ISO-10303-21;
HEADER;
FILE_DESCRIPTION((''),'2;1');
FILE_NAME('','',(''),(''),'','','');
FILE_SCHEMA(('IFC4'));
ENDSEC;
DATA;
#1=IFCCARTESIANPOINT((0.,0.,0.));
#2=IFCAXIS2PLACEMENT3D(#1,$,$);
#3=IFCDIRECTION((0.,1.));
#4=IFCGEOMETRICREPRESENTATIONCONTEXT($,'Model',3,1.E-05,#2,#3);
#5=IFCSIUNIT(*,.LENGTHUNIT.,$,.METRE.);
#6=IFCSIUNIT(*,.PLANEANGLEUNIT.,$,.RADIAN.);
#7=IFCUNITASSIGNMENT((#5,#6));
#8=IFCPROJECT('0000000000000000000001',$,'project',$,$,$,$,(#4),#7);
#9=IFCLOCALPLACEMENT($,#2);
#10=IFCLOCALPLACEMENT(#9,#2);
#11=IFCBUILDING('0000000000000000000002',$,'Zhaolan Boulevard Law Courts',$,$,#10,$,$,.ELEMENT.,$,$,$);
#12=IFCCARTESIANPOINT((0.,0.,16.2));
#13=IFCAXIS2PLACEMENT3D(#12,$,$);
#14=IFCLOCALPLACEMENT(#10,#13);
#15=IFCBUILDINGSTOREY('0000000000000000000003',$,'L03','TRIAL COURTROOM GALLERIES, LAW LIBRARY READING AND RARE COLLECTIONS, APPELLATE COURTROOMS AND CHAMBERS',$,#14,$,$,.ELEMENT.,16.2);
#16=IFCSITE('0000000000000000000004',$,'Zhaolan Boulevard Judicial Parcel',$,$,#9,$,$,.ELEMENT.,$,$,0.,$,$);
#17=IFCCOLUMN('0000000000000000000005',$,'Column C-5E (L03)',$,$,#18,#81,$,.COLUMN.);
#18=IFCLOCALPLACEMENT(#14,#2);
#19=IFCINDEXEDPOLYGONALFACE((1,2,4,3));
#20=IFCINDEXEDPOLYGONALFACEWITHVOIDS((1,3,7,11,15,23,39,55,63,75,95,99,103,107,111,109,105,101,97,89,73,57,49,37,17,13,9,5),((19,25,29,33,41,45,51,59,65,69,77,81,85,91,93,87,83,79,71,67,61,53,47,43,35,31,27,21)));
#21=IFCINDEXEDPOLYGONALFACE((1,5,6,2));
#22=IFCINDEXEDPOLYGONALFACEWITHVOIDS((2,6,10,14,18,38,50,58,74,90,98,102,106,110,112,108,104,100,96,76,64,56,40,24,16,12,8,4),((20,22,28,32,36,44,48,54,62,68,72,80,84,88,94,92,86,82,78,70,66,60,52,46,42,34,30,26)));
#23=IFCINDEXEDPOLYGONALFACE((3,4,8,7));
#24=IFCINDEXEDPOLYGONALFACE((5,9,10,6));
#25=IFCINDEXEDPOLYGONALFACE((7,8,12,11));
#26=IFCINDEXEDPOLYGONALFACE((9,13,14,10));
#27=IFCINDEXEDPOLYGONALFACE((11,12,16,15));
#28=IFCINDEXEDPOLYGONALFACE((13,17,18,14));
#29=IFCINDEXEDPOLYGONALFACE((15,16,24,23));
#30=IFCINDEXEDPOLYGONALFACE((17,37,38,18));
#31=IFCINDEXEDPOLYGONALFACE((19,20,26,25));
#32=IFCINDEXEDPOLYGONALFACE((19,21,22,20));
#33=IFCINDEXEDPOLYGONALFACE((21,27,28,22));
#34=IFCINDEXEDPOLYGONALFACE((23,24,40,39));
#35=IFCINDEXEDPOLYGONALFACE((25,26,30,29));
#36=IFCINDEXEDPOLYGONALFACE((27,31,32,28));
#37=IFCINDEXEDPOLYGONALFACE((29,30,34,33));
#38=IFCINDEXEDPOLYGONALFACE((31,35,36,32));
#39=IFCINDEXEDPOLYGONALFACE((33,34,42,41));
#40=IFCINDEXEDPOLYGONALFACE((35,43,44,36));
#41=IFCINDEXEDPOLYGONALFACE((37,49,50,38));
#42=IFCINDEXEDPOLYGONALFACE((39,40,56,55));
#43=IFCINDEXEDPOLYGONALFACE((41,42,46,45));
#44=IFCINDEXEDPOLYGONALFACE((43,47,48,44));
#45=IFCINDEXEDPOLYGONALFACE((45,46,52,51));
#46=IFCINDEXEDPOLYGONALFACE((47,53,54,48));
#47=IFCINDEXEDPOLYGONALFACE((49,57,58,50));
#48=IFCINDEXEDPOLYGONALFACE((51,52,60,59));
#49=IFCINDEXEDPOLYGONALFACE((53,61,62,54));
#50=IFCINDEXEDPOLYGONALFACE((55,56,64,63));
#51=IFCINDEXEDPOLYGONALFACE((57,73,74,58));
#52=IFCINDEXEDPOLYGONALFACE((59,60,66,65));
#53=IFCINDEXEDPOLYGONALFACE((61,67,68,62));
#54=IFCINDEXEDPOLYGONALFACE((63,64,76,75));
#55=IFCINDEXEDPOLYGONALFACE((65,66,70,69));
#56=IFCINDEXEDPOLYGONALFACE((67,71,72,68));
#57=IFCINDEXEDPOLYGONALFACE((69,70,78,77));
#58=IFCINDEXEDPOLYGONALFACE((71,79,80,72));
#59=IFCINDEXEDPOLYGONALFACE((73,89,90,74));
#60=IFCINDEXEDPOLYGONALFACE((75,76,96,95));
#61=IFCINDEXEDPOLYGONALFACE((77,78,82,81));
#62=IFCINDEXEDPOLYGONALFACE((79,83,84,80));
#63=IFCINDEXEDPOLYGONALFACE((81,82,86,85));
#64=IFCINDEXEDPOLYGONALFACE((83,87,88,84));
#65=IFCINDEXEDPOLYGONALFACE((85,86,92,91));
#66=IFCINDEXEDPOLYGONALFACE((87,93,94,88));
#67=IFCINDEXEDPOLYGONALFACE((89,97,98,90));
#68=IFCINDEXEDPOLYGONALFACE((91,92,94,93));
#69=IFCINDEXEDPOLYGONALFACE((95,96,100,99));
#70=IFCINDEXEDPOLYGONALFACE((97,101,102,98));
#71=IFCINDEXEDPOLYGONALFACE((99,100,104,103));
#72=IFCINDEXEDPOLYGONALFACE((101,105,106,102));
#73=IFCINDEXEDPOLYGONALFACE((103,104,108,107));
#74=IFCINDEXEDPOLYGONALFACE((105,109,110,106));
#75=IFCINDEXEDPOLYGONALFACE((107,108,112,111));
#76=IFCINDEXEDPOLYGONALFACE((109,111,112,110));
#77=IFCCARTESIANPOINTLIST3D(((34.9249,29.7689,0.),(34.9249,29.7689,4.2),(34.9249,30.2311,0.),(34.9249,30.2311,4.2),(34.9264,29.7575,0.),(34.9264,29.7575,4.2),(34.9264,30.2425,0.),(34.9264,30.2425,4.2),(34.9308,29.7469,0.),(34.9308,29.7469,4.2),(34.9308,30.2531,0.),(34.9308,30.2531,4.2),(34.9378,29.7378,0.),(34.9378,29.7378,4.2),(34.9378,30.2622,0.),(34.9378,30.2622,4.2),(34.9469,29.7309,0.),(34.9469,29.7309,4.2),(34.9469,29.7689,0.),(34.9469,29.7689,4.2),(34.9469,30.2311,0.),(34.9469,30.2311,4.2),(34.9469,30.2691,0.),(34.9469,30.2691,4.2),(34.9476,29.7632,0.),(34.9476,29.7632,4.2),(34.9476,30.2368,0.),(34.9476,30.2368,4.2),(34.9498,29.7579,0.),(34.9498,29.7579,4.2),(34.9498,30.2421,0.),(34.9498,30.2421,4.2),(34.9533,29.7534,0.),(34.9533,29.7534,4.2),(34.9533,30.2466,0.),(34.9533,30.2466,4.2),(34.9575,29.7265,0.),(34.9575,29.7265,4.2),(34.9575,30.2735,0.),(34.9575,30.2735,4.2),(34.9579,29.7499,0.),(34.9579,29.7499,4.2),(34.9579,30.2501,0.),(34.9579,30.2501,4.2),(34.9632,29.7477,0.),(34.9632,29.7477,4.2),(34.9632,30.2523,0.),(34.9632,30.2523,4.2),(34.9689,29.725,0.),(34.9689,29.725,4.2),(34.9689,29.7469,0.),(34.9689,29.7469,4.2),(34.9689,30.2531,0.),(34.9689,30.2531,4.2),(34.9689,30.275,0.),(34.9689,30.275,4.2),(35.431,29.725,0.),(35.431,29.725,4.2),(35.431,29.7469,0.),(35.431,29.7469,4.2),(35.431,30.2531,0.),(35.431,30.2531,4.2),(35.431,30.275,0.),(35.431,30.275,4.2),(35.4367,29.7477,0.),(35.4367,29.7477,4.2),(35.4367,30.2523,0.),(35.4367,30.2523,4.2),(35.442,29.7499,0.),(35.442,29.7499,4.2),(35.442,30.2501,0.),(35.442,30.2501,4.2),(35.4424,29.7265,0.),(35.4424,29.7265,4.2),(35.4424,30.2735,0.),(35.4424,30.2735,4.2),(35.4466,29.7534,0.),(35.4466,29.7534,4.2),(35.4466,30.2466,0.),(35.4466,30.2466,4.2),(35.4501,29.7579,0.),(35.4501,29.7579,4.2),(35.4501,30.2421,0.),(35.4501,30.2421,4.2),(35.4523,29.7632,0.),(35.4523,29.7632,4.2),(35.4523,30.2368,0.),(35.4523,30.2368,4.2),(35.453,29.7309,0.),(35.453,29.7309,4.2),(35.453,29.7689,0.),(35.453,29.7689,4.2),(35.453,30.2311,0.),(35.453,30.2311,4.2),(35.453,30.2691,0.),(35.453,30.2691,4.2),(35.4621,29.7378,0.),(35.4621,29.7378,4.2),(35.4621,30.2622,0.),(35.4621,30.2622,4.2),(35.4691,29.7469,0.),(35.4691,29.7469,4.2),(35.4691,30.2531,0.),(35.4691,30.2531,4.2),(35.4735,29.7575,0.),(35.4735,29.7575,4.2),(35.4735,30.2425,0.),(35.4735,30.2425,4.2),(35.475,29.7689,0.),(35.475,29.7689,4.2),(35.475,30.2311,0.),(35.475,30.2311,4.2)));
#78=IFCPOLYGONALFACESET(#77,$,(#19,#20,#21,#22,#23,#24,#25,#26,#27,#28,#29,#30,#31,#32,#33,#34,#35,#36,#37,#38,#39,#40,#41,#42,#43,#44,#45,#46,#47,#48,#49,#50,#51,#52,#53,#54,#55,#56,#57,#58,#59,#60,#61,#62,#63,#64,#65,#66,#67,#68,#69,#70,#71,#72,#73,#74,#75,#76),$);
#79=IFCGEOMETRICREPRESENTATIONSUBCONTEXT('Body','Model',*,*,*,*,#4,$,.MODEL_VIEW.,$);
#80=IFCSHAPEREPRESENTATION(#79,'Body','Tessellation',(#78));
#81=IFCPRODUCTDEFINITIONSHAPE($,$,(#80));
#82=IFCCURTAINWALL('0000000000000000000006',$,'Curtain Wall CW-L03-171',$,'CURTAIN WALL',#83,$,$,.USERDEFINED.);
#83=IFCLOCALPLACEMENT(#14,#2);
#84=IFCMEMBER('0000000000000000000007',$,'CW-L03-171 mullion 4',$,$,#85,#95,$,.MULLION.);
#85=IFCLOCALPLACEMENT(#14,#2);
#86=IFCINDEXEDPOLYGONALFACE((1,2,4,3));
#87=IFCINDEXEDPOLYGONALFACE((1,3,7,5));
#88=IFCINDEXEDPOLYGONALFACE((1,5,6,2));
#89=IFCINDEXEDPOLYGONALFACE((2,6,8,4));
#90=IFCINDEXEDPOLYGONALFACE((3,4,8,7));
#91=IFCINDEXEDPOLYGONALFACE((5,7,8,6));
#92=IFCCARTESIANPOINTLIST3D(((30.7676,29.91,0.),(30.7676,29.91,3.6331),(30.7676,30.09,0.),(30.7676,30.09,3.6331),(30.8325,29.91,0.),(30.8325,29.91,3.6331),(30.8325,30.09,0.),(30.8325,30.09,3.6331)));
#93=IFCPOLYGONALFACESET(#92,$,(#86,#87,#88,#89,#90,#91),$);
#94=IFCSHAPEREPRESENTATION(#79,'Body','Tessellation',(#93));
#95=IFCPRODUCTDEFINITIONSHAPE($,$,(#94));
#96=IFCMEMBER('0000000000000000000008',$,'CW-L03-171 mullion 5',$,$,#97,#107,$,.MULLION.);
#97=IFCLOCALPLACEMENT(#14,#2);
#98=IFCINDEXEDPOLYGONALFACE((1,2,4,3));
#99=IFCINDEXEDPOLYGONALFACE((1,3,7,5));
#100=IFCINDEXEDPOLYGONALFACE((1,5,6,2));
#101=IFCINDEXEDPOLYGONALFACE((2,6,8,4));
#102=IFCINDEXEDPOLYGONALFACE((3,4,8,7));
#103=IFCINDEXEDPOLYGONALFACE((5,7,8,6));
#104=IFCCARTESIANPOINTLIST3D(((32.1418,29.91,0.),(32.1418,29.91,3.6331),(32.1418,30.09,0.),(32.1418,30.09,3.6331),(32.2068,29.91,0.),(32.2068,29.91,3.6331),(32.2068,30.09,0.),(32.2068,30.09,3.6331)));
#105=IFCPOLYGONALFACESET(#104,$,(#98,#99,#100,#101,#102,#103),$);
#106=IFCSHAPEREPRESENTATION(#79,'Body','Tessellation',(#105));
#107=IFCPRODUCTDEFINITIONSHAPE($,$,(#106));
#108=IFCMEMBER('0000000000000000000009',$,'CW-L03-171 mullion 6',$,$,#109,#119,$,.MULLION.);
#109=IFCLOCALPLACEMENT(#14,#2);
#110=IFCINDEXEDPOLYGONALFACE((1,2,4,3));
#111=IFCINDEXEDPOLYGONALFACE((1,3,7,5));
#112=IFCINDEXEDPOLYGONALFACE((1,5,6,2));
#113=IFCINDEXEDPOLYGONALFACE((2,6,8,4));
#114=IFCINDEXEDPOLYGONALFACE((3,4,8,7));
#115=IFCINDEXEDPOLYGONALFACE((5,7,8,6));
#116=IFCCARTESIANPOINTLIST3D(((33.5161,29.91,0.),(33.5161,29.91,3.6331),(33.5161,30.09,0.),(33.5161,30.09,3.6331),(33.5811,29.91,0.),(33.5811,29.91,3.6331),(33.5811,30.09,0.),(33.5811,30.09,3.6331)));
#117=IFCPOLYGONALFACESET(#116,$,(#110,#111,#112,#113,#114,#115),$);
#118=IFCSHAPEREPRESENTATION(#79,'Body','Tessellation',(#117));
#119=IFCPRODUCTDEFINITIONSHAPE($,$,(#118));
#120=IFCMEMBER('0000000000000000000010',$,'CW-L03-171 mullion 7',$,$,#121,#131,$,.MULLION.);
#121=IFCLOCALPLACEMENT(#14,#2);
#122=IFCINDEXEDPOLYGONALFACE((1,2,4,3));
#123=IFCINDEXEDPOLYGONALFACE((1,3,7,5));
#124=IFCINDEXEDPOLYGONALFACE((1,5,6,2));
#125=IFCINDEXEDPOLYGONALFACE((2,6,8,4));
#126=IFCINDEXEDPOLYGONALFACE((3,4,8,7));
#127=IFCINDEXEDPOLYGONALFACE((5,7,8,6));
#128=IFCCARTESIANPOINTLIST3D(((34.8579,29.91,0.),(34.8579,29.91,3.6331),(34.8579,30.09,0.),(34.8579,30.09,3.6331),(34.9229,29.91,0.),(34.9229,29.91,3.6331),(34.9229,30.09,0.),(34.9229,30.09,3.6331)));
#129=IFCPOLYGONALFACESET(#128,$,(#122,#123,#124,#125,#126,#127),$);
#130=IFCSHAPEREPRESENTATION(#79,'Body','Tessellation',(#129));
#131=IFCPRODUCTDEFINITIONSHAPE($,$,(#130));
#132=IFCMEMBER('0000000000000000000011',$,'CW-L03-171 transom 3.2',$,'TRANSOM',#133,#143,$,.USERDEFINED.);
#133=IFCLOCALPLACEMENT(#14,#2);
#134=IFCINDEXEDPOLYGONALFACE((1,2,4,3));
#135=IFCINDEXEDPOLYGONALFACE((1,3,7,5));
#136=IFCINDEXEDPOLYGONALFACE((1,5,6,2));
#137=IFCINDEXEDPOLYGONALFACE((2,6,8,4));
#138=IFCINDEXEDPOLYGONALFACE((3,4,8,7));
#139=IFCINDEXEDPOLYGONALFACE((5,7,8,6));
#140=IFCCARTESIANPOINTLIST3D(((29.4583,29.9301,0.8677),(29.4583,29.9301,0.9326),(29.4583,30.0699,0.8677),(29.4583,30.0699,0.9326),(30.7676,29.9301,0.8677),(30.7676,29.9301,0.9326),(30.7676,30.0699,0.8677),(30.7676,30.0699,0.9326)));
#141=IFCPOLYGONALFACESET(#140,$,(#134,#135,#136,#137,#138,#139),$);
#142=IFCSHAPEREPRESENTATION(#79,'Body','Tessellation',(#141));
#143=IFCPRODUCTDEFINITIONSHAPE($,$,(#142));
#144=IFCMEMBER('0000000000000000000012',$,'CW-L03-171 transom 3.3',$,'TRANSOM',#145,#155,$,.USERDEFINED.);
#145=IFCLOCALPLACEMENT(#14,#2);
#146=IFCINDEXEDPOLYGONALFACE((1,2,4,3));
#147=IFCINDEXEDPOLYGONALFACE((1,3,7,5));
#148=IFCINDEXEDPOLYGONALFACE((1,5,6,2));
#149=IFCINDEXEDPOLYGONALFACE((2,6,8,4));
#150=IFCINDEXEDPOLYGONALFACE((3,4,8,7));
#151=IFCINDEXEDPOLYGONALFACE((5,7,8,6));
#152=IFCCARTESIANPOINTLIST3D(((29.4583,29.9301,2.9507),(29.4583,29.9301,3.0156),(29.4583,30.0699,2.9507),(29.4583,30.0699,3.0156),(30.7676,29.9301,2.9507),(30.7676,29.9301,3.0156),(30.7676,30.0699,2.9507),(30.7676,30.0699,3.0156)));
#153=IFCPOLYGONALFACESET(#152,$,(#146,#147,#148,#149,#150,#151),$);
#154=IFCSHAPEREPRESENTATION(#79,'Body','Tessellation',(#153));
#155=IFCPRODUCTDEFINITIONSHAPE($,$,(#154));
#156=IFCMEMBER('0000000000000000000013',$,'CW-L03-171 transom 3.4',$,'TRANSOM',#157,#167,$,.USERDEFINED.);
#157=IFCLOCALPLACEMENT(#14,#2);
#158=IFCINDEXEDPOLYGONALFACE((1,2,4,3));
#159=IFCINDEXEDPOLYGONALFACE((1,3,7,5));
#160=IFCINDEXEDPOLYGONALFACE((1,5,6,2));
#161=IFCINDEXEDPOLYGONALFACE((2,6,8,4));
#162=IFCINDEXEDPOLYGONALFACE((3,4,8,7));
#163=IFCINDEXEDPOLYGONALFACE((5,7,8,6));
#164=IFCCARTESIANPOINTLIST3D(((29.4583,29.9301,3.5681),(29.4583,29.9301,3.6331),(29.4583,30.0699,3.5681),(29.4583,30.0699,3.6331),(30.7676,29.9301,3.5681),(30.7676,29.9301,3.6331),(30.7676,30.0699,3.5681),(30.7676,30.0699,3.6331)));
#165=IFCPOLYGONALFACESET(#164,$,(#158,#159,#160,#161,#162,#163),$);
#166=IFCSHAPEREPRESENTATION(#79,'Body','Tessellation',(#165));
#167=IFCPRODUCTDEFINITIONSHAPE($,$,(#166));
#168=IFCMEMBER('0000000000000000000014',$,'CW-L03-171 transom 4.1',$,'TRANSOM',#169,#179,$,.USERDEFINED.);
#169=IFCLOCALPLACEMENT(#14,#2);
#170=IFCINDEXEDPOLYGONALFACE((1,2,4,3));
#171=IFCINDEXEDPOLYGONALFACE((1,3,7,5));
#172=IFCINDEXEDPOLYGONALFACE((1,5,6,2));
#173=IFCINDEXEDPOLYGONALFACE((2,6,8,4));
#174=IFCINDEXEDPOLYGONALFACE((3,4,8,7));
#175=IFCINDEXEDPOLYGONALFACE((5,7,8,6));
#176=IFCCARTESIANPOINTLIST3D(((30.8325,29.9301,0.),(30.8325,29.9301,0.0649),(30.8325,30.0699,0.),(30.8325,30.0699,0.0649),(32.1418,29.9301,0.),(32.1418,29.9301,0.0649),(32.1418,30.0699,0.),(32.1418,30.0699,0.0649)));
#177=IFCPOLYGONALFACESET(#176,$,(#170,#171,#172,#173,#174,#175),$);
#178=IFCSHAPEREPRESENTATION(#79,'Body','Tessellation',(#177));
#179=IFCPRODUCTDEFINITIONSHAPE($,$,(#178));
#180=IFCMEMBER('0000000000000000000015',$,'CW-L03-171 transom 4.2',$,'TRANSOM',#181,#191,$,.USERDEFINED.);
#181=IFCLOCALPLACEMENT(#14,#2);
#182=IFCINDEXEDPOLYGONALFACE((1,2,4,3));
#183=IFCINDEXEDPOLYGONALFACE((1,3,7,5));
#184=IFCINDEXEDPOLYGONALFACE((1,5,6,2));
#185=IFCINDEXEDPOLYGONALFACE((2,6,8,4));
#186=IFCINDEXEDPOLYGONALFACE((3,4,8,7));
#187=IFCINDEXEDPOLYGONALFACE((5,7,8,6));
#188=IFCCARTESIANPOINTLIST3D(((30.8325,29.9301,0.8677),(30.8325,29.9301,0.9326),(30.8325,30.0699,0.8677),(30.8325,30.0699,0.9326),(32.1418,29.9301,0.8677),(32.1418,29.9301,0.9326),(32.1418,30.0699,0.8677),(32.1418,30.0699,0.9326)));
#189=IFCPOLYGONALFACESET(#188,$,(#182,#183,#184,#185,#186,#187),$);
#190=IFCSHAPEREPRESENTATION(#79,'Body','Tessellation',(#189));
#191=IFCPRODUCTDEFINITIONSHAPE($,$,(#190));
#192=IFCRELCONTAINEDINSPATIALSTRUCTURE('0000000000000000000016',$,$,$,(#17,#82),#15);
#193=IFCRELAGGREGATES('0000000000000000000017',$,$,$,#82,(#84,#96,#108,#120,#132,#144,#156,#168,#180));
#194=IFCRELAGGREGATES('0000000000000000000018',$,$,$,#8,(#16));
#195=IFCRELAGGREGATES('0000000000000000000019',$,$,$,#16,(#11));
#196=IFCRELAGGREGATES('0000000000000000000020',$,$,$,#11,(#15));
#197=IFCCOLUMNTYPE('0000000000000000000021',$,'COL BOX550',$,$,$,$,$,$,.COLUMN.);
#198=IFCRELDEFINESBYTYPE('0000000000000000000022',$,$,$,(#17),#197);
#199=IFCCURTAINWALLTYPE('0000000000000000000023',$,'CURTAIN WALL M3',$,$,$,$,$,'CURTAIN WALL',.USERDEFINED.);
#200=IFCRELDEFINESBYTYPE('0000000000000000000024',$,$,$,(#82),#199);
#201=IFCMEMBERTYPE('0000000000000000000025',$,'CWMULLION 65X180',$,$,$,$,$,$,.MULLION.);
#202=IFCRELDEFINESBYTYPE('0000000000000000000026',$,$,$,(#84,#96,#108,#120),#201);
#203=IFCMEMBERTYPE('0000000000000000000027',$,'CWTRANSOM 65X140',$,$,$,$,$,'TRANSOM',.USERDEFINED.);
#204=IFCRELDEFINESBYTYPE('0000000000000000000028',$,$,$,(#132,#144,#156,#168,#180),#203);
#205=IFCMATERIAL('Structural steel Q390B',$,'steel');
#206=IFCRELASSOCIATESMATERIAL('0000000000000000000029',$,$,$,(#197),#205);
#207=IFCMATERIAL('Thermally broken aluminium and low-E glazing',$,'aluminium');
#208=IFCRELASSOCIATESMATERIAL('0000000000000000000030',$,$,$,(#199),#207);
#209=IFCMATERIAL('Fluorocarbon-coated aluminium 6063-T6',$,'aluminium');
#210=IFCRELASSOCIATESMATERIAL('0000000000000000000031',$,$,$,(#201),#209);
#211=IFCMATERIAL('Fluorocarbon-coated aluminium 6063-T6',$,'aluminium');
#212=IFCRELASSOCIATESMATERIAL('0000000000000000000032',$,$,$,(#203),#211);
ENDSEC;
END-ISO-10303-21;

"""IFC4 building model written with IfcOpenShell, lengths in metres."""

from ifc_helpers import new_model, si_unit, direction, frame, origin, origin_2d, place, context, subcontext, project, spatial, rectangle, hollow_rectangle, extrude, material, material_profile, profile_set, type_object, element, aggregate, save


model = new_model("IFC4")

# Units and contexts
model_context = context("Model", 3, precision=1e-05, world=origin(), true_north=direction((0.0, 1.0)))
body_context = subcontext(model_context, "Body", "Model", "MODEL_VIEW")
ifc_project = project(units=[si_unit("LENGTHUNIT", "METRE"), si_unit("PLANEANGLEUNIT", "RADIAN")], contexts=[model_context])

# Site, building, storey
site_placement = place(None, origin())
site = spatial("IfcSite", under=ifc_project, at=site_placement, Name="Zhaolan Boulevard Judicial Parcel", CompositionType="ELEMENT", RefElevation=0.0)
building_placement = place(site_placement, origin())
building = spatial("IfcBuilding", under=site, at=building_placement, Name="Zhaolan Boulevard Law Courts", CompositionType="ELEMENT")
storey_placement = place(building_placement, frame((0.0, 0.0, 16.2)))
storey = spatial("IfcBuildingStorey", under=building, at=storey_placement, Name="L03", Description="TRIAL COURTROOM GALLERIES, LAW LIBRARY READING AND RARE COLLECTIONS, APPELLATE COURTROOMS AND CHAMBERS", CompositionType="ELEMENT", Elevation=16.2)

# Column
ifc_material_1 = material(Name="Structural steel Q390B", Category="steel")
ifc_material_profile_1 = material_profile(ifc_material_1, hollow_rectangle(XDim=0.55, YDim=0.55, WallThickness=0.022, InnerFilletRadius=0.022, OuterFilletRadius=0.0439, at=origin_2d()), Name="BOX550x550x22")
ifc_profile_set_1 = profile_set([ifc_material_profile_1], Name="Structural steel Q390B")
column_type = type_object("IfcColumnType", Name="COL BOX550", PredefinedType="COLUMN", material=ifc_profile_set_1)
column_placement = place(storey_placement, frame((35.2, 30.0, 0.0), z_axis=(0.0, 0.0, 1.0), x_axis=(1.0, 0.0, 0.0)))
element("IfcColumn", 1, at=column_placement, inside=storey, type_object=column_type, Name="Column C-5E (L03)", PredefinedType="COLUMN", context=body_context, shape_type="SweptSolid", body=[
    extrude(hollow_rectangle(XDim=0.55, YDim=0.55, WallThickness=0.022, InnerFilletRadius=0.022, OuterFilletRadius=0.0439, at=origin_2d()), origin(), (0.0, 0.0, 1.0), 4.2),
])

# Curtain wall, members
ifc_material_2 = material(Name="Thermally broken aluminium and low-E glazing", Category="aluminium")
curtain_wall_type = type_object("IfcCurtainWallType", Name="CURTAIN WALL M3", ElementType="CURTAIN WALL", PredefinedType="USERDEFINED", material=ifc_material_2)
curtain_wall_placement = place(storey_placement, origin())
curtain_wall = element("IfcCurtainWall", 2, at=curtain_wall_placement, inside=storey, type_object=curtain_wall_type, Name="Curtain Wall CW-L03-171", ObjectType="CURTAIN WALL", PredefinedType="USERDEFINED")
ifc_material_3 = material(Name="Fluorocarbon-coated aluminium 6063-T6", Category="aluminium")
ifc_material_profile_2 = material_profile(ifc_material_3, rectangle(XDim=0.1799, YDim=0.0649, at=origin_2d()), Name="AL65x180")
ifc_profile_set_2 = profile_set([ifc_material_profile_2], Name="Fluorocarbon-coated aluminium 6063-T6")
member_type_1 = type_object("IfcMemberType", Name="CWMULLION 65X180", PredefinedType="MULLION", material=ifc_profile_set_2)
member_1_placement = place(storey_placement, frame((30.8, 30.0, 0.0), z_axis=(0.0, 0.0, 1.0), x_axis=(0.0, 1.0, 0.0)))
member_1 = element("IfcMember", 3, at=member_1_placement, type_object=member_type_1, Name="CW-L03-171 mullion 4", PredefinedType="MULLION", context=body_context, shape_type="SweptSolid", body=[
    extrude(rectangle(XDim=0.1799, YDim=0.0649, at=origin_2d()), origin(), (0.0, 0.0, 1.0), 3.6331),
])
member_2_placement = place(storey_placement, frame((32.1743, 30.0, 0.0), z_axis=(0.0, 0.0, 1.0), x_axis=(0.0, 1.0, 0.0)))
member_2 = element("IfcMember", 4, at=member_2_placement, type_object=member_type_1, Name="CW-L03-171 mullion 5", PredefinedType="MULLION", context=body_context, shape_type="SweptSolid", body=[
    extrude(rectangle(XDim=0.1799, YDim=0.0649, at=origin_2d()), origin(), (0.0, 0.0, 1.0), 3.6331),
])
member_3_placement = place(storey_placement, frame((33.5486, 30.0, 0.0), z_axis=(0.0, 0.0, 1.0), x_axis=(0.0, 1.0, 0.0)))
member_3 = element("IfcMember", 5, at=member_3_placement, type_object=member_type_1, Name="CW-L03-171 mullion 6", PredefinedType="MULLION", context=body_context, shape_type="SweptSolid", body=[
    extrude(rectangle(XDim=0.1799, YDim=0.0649, at=origin_2d()), origin(), (0.0, 0.0, 1.0), 3.6331),
])
member_4_placement = place(storey_placement, frame((34.8904, 30.0, 0.0), z_axis=(0.0, 0.0, 1.0), x_axis=(0.0, 1.0, 0.0)))
member_4 = element("IfcMember", 6, at=member_4_placement, type_object=member_type_1, Name="CW-L03-171 mullion 7", PredefinedType="MULLION", context=body_context, shape_type="SweptSolid", body=[
    extrude(rectangle(XDim=0.1799, YDim=0.0649, at=origin_2d()), origin(), (0.0, 0.0, 1.0), 3.6331),
])
ifc_material_4 = material(Name="Fluorocarbon-coated aluminium 6063-T6", Category="aluminium")
ifc_material_profile_3 = material_profile(ifc_material_4, rectangle(XDim=0.1399, YDim=0.0649, at=origin_2d()), Name="AL65x140")
ifc_profile_set_3 = profile_set([ifc_material_profile_3], Name="Fluorocarbon-coated aluminium 6063-T6")
member_type_2 = type_object("IfcMemberType", Name="CWTRANSOM 65X140", ElementType="TRANSOM", PredefinedType="USERDEFINED", material=ifc_profile_set_3)
member_5_placement = place(storey_placement, frame((29.4583, 30.0, 0.9001), z_axis=(1.0, 0.0, 0.0), x_axis=(0.0, 1.0, 0.0)))
member_5 = element("IfcMember", 7, at=member_5_placement, type_object=member_type_2, Name="CW-L03-171 transom 3.2", ObjectType="TRANSOM", PredefinedType="USERDEFINED", context=body_context, shape_type="SweptSolid", body=[
    extrude(rectangle(XDim=0.1399, YDim=0.0649, at=origin_2d()), origin(), (0.0, 0.0, 1.0), 1.3093),
])
member_6_placement = place(storey_placement, frame((29.4583, 30.0, 2.9832), z_axis=(1.0, 0.0, 0.0), x_axis=(0.0, 1.0, 0.0)))
member_6 = element("IfcMember", 8, at=member_6_placement, type_object=member_type_2, Name="CW-L03-171 transom 3.3", ObjectType="TRANSOM", PredefinedType="USERDEFINED", context=body_context, shape_type="SweptSolid", body=[
    extrude(rectangle(XDim=0.1399, YDim=0.0649, at=origin_2d()), origin(), (0.0, 0.0, 1.0), 1.3093),
])
member_7_placement = place(storey_placement, frame((29.4583, 30.0, 3.6006), z_axis=(1.0, 0.0, 0.0), x_axis=(0.0, 1.0, 0.0)))
member_7 = element("IfcMember", 9, at=member_7_placement, type_object=member_type_2, Name="CW-L03-171 transom 3.4", ObjectType="TRANSOM", PredefinedType="USERDEFINED", context=body_context, shape_type="SweptSolid", body=[
    extrude(rectangle(XDim=0.1399, YDim=0.0649, at=origin_2d()), origin(), (0.0, 0.0, 1.0), 1.3093),
])
member_8_placement = place(storey_placement, frame((30.8325, 30.0, 0.0325), z_axis=(1.0, 0.0, 0.0), x_axis=(0.0, 1.0, 0.0)))
member_8 = element("IfcMember", 10, at=member_8_placement, type_object=member_type_2, Name="CW-L03-171 transom 4.1", ObjectType="TRANSOM", PredefinedType="USERDEFINED", context=body_context, shape_type="SweptSolid", body=[
    extrude(rectangle(XDim=0.1399, YDim=0.0649, at=origin_2d()), origin(), (0.0, 0.0, 1.0), 1.3093),
])
member_9_placement = place(storey_placement, frame((30.8325, 30.0, 0.9001), z_axis=(1.0, 0.0, 0.0), x_axis=(0.0, 1.0, 0.0)))
member_9 = element("IfcMember", 11, at=member_9_placement, type_object=member_type_2, Name="CW-L03-171 transom 4.2", ObjectType="TRANSOM", PredefinedType="USERDEFINED", context=body_context, shape_type="SweptSolid", body=[
    extrude(rectangle(XDim=0.1399, YDim=0.0649, at=origin_2d()), origin(), (0.0, 0.0, 1.0), 1.3093),
])

aggregate(curtain_wall, [member_1, member_2, member_3, member_4, member_5, member_6, member_7, member_8, member_9])

save(model, "model.ifc")
